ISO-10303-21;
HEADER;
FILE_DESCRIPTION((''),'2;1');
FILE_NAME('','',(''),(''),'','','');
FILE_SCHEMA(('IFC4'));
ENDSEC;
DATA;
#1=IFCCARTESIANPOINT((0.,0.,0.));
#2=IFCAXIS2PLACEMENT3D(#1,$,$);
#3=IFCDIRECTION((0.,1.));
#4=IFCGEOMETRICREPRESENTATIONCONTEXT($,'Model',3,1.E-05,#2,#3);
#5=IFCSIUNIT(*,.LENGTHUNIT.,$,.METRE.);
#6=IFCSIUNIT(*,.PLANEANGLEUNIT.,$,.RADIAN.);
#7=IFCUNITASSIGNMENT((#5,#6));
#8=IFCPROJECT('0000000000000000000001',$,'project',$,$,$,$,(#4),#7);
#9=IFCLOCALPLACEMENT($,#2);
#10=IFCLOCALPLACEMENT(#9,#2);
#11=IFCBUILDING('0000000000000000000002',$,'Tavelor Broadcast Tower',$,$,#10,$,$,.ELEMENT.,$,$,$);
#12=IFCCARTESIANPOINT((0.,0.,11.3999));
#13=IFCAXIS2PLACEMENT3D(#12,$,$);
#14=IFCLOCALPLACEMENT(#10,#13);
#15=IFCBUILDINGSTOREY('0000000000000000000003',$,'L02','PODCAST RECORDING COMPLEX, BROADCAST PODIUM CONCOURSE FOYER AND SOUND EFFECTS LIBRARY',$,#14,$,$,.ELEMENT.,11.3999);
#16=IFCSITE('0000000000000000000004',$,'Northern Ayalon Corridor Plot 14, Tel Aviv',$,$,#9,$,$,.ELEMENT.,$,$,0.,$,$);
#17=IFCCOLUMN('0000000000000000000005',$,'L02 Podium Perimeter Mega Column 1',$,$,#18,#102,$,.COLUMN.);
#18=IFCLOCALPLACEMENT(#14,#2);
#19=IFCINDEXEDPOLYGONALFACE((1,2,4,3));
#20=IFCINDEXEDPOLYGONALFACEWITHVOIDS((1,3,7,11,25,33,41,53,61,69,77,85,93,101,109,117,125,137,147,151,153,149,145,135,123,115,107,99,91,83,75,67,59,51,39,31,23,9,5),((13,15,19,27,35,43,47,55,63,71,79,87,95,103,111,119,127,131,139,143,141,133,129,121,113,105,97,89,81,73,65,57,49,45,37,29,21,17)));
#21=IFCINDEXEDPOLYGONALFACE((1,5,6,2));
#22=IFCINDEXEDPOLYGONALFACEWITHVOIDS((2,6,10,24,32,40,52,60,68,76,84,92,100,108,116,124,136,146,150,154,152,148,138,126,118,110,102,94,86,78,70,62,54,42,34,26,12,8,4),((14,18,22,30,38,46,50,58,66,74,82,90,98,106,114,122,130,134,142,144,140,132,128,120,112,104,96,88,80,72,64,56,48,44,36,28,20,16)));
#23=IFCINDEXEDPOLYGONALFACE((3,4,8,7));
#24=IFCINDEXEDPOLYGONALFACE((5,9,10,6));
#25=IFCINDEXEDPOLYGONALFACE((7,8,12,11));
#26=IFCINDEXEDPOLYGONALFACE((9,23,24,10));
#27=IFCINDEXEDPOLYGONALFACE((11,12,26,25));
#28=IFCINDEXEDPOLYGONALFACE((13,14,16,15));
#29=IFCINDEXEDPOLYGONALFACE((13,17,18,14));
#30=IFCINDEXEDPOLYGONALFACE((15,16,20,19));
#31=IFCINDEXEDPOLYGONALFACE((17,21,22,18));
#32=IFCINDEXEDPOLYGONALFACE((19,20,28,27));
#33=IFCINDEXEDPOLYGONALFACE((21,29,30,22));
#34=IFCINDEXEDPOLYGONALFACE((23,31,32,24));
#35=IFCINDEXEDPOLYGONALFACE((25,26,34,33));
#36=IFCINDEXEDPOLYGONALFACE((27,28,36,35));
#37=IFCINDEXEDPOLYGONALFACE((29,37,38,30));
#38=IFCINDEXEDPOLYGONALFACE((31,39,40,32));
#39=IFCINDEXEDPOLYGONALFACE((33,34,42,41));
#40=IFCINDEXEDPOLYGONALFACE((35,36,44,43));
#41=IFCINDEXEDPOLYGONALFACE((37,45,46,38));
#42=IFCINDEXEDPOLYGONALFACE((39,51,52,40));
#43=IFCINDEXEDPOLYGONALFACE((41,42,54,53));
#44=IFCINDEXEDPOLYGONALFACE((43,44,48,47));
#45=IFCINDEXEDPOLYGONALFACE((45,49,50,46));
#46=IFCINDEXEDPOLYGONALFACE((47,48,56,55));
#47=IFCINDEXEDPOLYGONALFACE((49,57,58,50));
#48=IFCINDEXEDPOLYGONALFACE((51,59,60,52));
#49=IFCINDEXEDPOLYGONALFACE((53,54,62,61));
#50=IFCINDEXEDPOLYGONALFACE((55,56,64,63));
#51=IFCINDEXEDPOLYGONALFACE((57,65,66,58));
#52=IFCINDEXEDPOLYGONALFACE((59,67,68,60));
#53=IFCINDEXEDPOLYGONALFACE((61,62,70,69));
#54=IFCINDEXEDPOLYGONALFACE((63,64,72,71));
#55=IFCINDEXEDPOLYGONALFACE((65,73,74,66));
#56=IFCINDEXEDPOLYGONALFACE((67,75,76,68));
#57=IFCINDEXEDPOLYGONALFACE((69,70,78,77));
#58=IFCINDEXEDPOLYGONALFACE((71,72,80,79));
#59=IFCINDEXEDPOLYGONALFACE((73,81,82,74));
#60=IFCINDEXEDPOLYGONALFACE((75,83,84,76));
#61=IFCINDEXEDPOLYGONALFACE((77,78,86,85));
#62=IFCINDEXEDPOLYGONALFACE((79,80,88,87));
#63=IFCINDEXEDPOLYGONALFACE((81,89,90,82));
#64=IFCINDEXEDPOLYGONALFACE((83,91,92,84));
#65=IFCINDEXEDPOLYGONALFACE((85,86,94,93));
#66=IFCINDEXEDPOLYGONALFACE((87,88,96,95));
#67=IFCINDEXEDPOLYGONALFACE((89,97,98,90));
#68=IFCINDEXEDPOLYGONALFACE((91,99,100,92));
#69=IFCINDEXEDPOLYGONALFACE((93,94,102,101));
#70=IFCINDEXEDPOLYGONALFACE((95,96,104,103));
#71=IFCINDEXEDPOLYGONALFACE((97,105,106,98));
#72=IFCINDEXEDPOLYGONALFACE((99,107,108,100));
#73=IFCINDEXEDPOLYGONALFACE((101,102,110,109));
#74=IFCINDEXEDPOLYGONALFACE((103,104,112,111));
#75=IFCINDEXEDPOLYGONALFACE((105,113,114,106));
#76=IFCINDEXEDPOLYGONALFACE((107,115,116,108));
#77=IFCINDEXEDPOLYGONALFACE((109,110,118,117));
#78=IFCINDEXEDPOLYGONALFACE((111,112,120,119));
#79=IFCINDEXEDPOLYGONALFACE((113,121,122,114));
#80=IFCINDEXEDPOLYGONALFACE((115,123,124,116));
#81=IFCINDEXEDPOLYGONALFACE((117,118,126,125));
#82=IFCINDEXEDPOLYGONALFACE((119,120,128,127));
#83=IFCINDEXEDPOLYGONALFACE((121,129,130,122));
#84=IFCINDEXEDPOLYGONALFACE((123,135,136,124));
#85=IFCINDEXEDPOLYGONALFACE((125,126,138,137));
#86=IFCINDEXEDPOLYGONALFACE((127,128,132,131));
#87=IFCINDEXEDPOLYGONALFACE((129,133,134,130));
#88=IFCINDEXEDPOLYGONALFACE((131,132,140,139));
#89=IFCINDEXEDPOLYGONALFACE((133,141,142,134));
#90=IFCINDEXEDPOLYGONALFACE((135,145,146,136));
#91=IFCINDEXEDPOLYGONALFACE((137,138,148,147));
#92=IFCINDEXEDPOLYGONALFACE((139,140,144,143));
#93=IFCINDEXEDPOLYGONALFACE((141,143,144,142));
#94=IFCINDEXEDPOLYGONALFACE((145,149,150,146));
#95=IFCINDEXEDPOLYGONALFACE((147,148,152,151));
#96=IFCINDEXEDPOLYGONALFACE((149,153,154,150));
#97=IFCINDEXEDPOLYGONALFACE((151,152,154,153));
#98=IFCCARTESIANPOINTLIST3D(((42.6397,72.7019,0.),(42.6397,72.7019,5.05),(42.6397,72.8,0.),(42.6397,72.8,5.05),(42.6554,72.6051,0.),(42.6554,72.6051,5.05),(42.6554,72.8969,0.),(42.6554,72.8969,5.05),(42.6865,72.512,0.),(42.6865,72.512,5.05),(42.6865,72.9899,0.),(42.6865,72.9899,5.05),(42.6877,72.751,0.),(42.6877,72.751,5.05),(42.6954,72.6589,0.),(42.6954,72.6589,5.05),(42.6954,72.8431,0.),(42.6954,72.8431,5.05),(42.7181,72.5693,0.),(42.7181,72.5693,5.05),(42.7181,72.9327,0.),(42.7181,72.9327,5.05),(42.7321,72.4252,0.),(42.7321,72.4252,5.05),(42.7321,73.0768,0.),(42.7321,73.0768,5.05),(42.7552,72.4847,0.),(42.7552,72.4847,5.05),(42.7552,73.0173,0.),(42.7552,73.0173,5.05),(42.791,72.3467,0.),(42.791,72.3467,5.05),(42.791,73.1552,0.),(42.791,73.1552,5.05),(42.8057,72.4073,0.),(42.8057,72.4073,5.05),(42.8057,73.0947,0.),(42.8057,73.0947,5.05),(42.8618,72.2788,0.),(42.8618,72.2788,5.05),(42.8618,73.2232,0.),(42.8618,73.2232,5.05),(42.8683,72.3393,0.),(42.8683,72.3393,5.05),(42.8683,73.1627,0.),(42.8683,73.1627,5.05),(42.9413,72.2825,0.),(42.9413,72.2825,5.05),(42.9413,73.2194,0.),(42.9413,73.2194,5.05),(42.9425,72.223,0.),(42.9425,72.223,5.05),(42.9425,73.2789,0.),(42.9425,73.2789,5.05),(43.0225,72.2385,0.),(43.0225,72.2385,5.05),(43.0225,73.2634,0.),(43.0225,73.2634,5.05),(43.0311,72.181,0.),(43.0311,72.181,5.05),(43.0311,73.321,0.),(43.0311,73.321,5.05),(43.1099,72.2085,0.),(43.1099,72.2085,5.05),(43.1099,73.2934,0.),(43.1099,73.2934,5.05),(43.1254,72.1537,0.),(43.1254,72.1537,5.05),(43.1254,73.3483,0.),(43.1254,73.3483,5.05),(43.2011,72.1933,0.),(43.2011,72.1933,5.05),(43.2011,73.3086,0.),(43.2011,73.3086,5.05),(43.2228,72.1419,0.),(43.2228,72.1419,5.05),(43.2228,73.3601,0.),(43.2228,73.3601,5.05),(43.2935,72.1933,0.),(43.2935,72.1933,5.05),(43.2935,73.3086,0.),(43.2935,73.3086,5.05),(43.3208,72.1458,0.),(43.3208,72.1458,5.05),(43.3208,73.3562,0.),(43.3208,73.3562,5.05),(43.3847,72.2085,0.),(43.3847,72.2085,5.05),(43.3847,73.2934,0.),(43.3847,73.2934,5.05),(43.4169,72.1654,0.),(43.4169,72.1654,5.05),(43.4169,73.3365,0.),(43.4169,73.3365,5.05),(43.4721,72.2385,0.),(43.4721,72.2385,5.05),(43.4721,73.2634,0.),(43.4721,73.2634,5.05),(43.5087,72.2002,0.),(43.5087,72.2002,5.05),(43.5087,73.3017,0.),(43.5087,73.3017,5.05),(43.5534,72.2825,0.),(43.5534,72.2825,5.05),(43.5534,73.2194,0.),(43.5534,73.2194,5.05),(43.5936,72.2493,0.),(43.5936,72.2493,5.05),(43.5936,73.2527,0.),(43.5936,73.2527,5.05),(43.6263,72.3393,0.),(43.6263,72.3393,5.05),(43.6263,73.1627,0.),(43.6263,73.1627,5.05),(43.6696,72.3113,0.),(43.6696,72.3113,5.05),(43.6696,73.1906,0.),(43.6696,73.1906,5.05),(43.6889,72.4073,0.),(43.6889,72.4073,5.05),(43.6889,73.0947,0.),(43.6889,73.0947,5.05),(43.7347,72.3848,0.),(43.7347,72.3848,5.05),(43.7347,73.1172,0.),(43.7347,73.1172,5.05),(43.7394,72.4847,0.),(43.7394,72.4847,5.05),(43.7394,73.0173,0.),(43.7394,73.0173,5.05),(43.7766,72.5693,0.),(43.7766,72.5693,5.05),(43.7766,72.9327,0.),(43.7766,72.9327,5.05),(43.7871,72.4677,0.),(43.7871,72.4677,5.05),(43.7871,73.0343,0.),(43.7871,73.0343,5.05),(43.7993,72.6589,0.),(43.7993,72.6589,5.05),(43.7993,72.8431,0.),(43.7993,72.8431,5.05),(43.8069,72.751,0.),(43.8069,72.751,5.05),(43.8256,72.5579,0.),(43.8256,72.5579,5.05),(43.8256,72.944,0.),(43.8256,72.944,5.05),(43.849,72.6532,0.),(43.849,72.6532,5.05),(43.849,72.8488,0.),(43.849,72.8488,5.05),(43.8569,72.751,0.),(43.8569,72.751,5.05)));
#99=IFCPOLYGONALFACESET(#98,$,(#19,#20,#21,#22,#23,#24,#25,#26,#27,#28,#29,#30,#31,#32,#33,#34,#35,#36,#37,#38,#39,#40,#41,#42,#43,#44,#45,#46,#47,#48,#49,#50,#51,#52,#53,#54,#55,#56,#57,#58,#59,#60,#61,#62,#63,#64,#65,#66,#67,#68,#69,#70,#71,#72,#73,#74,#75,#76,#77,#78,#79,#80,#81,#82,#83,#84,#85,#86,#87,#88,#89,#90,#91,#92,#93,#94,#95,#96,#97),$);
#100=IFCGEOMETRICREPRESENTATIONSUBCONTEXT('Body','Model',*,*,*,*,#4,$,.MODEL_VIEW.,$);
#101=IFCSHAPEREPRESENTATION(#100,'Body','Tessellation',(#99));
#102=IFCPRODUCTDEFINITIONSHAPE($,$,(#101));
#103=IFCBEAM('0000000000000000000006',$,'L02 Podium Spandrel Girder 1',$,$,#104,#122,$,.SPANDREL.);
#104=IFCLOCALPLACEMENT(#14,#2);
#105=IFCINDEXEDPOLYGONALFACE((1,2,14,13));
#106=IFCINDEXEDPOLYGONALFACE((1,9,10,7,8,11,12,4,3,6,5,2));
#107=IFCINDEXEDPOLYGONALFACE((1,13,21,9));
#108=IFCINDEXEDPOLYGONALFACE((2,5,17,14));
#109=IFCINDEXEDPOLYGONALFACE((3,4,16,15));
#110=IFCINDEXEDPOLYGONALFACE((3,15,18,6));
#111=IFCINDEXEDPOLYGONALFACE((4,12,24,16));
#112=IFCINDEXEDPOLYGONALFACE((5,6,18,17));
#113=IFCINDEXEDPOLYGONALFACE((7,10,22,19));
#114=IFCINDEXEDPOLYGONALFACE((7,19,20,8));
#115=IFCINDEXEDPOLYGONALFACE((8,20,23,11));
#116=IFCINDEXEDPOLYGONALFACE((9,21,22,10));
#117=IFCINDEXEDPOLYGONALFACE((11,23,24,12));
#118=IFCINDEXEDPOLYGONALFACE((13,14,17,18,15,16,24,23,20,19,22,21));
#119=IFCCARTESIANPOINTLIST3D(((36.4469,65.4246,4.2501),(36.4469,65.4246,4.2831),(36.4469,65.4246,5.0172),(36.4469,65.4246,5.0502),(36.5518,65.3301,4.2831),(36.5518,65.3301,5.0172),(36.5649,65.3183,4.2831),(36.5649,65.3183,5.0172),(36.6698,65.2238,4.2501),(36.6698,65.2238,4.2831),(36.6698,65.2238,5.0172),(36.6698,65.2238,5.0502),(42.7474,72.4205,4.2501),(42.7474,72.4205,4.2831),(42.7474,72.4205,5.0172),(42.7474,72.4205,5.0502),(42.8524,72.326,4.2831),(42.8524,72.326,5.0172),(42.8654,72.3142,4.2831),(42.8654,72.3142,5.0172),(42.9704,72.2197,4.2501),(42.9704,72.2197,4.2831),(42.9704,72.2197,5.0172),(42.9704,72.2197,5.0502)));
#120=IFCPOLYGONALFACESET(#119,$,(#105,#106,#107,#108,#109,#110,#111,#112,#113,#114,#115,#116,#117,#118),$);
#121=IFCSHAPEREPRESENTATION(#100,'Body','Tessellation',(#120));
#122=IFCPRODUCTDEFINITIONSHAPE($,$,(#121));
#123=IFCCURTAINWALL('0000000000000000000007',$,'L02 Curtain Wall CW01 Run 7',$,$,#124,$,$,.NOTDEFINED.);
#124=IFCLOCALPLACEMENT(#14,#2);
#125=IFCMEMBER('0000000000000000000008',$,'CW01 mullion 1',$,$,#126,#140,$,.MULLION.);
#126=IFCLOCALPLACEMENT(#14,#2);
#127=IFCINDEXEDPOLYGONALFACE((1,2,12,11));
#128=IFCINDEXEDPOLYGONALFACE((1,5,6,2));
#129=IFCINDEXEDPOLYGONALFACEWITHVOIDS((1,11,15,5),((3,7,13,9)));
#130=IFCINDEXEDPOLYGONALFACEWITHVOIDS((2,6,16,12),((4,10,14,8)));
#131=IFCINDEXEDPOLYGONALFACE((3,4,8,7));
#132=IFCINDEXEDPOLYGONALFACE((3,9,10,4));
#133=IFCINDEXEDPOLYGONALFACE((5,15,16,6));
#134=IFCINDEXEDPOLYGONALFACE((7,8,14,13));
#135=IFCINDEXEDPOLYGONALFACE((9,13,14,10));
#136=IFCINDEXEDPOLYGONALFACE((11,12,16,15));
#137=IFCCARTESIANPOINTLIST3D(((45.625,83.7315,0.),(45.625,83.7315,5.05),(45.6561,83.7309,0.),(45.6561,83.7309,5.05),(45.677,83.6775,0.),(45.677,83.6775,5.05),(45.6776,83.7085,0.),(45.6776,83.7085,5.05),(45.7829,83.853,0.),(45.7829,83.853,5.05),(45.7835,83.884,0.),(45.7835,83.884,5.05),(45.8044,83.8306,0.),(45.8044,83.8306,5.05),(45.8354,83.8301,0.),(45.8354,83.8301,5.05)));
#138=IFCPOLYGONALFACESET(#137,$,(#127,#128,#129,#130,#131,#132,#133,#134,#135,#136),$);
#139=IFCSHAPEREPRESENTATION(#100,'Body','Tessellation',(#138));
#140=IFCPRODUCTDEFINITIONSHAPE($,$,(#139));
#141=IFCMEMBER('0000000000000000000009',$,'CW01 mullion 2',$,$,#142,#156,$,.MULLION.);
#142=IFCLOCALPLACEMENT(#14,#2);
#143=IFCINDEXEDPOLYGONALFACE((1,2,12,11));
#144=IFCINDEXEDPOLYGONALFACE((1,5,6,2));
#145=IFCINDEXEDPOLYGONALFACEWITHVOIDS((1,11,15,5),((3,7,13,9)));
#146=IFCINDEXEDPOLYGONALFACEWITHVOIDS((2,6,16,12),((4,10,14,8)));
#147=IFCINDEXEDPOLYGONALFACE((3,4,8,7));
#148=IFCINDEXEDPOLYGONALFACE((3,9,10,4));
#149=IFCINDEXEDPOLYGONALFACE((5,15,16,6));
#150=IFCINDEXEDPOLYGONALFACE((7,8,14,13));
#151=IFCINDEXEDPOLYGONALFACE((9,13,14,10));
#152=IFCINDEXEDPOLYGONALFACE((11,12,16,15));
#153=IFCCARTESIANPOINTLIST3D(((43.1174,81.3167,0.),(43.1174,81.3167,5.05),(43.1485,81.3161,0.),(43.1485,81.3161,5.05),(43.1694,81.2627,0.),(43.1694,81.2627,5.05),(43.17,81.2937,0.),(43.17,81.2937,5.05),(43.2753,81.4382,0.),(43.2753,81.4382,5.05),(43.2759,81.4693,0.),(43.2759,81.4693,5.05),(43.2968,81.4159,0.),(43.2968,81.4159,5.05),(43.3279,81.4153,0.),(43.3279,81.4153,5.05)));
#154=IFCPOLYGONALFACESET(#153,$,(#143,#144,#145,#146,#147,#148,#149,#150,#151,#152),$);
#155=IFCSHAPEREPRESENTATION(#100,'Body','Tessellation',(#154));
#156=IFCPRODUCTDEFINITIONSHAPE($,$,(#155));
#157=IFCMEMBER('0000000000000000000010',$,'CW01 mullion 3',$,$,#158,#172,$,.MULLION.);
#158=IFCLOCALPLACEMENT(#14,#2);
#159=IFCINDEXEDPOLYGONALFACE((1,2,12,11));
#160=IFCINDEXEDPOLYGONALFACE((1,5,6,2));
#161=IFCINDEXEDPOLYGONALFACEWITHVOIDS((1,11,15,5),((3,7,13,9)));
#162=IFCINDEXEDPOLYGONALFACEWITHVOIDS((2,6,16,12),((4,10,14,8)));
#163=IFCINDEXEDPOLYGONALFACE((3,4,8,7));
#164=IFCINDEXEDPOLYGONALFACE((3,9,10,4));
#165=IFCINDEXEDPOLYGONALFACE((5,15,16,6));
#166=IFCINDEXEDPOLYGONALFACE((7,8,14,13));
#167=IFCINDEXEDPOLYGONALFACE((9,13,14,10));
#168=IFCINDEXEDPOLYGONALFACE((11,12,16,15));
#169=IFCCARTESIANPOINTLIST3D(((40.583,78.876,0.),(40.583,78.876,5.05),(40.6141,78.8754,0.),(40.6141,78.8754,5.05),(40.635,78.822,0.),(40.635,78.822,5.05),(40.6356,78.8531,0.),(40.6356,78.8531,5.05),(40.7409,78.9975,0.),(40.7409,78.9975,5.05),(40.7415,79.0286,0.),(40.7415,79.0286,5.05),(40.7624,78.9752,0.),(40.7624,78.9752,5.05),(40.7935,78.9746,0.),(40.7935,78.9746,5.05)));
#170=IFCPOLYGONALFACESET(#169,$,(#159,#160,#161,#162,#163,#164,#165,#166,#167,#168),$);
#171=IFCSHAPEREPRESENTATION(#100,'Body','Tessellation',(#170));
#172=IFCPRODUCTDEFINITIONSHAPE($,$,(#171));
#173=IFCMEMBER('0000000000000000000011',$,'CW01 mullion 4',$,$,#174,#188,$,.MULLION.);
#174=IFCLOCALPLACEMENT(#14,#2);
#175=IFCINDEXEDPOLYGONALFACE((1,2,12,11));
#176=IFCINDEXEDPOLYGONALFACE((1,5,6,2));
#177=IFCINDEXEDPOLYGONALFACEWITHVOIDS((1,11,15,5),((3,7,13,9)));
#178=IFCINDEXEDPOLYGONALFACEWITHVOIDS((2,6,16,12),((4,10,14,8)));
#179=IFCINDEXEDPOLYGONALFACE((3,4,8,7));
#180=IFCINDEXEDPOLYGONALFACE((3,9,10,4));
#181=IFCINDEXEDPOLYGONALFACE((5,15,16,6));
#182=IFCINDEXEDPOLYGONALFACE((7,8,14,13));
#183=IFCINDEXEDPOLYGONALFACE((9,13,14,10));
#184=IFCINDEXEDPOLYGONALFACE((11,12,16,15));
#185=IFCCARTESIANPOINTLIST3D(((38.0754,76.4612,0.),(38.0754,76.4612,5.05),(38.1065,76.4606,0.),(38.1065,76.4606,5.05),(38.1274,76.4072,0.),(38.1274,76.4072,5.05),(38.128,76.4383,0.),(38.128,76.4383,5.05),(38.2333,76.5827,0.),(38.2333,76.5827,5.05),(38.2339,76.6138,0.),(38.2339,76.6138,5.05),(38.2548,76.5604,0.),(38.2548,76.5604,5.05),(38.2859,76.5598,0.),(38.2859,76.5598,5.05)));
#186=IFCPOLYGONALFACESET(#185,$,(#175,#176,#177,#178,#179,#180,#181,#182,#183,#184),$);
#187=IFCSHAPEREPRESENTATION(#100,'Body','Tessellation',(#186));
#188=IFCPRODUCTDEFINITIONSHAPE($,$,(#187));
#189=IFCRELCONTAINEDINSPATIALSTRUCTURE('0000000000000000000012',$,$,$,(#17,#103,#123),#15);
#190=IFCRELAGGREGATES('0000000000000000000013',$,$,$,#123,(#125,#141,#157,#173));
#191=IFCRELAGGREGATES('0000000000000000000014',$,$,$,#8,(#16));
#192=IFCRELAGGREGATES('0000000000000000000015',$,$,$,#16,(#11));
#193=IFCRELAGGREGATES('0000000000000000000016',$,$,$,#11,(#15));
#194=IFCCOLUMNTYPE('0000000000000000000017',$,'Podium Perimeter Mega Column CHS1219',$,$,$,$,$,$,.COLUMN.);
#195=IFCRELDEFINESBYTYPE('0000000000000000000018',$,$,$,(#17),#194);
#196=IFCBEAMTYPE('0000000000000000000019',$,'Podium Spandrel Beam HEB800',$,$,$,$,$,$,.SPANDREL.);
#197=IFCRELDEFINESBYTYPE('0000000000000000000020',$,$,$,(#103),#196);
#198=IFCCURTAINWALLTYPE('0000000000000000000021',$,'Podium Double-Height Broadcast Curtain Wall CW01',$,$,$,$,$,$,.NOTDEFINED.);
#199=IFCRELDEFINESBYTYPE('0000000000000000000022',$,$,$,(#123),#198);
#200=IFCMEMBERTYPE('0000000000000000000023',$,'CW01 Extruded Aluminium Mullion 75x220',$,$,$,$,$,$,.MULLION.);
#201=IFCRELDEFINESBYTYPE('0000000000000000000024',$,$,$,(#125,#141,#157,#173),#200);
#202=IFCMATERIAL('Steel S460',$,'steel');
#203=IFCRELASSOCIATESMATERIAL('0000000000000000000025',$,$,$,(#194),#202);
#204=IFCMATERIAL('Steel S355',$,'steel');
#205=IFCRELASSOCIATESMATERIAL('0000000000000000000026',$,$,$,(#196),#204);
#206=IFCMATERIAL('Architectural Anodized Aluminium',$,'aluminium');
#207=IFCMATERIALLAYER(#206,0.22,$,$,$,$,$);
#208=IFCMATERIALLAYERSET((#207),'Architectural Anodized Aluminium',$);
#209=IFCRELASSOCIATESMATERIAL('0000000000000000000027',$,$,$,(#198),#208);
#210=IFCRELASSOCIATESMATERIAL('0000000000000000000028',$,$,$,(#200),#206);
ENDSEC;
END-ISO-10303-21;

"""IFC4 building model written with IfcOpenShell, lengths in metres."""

from ifc_helpers import new_model, si_unit, direction, frame, origin, origin_2d, place, context, subcontext, project, spatial, hollow_rectangle, hollow_circle, i_section, extrude, source, transform, mapped, material, layer, layer_set, material_profile, profile_set, type_object, type_shapes, element, aggregate, save


model = new_model("IFC4")

# Units and contexts
model_context = context("Model", 3, precision=1e-05, world=origin(), true_north=direction((0.0, 1.0)))
body_context = subcontext(model_context, "Body", "Model", "MODEL_VIEW")
ifc_project = project(units=[si_unit("LENGTHUNIT", "METRE"), si_unit("PLANEANGLEUNIT", "RADIAN")], contexts=[model_context])

# Site, building, storey
site_placement = place(None, origin())
site = spatial("IfcSite", under=ifc_project, at=site_placement, Name="Northern Ayalon Corridor Plot 14, Tel Aviv", CompositionType="ELEMENT", RefElevation=0.0)
building_placement = place(site_placement, origin())
building = spatial("IfcBuilding", under=site, at=building_placement, Name="Tavelor Broadcast Tower", CompositionType="ELEMENT")
storey_placement = place(building_placement, frame((0.0, 0.0, 11.3999)))
storey = spatial("IfcBuildingStorey", under=building, at=storey_placement, Name="L02", Description="PODCAST RECORDING COMPLEX, BROADCAST PODIUM CONCOURSE FOYER AND SOUND EFFECTS LIBRARY", CompositionType="ELEMENT", Elevation=11.3999)

# Column
ifc_material_1 = material(Name="Steel S460", Category="steel")
ifc_material_profile_1 = material_profile(ifc_material_1, hollow_circle(Radius=0.6096, WallThickness=0.05, at=origin_2d()), Name="CHS 1219x50")
ifc_profile_set_1 = profile_set([ifc_material_profile_1], Name="Steel S460")
column_type = type_object("IfcColumnType", Name="Podium Perimeter Mega Column CHS1219", PredefinedType="COLUMN", material=ifc_profile_set_1)
column_placement = place(storey_placement, frame((43.2473, 72.751, 0.0), z_axis=(0.0, 0.0, 1.0), x_axis=(1.0, 0.0, 0.0)))
element("IfcColumn", 1, at=column_placement, inside=storey, type_object=column_type, Name="L02 Podium Perimeter Mega Column 1", PredefinedType="COLUMN", context=body_context, shape_type="SweptSolid", body=[
    extrude(hollow_circle(Radius=0.6096, WallThickness=0.05, at=origin_2d()), origin(), (0.0, 0.0, 1.0), 5.05),
])

# Beam
ifc_material_2 = material(Name="Steel S355", Category="steel")
ifc_material_profile_2 = material_profile(ifc_material_2, i_section(OverallWidth=0.3, OverallDepth=0.8, WebThickness=0.0176, FlangeThickness=0.033, at=origin_2d()), Name="HEB 800")
ifc_profile_set_2 = profile_set([ifc_material_profile_2], Name="Steel S355")
beam_type = type_object("IfcBeamType", Name="Podium Spandrel Beam HEB800", PredefinedType="SPANDREL", material=ifc_profile_set_2)
beam_placement = place(storey_placement, frame((42.8589, 72.3201, 4.6501), z_axis=(-0.669215, -0.743068, 0.0), x_axis=(0.743068, -0.669215, 0.0)))
element("IfcBeam", 2, at=beam_placement, inside=storey, type_object=beam_type, Name="L02 Podium Spandrel Girder 1", PredefinedType="SPANDREL", context=body_context, shape_type="SweptSolid", body=[
    extrude(i_section(OverallWidth=0.3, OverallDepth=0.8, WebThickness=0.0176, FlangeThickness=0.033, at=origin_2d()), origin(), (0.0, 0.0, 1.0), 9.4148),
])

# Curtain wall, members
ifc_material_3 = material(Name="Architectural Anodized Aluminium", Category="aluminium")
ifc_layer_1 = layer(ifc_material_3, 0.22)
ifc_layer_set_1 = layer_set([ifc_layer_1], Name="Architectural Anodized Aluminium")
curtain_wall_type = type_object("IfcCurtainWallType", Name="Podium Double-Height Broadcast Curtain Wall CW01", PredefinedType="NOTDEFINED", material=ifc_layer_set_1)
curtain_wall_placement = place(storey_placement, origin())
curtain_wall = element("IfcCurtainWall", 3, at=curtain_wall_placement, inside=storey, type_object=curtain_wall_type, Name="L02 Curtain Wall CW01 Run 7", PredefinedType="NOTDEFINED")
ifc_material_profile_3 = material_profile(ifc_material_3, hollow_rectangle(XDim=0.075, YDim=0.22, WallThickness=0.022, at=origin_2d()), Name="RHS 75x220x22")
ifc_profile_set_3 = profile_set([ifc_material_profile_3], Name="Architectural Anodized Aluminium")
member_type_1 = type_object("IfcMemberType", Name="CW01 Extruded Aluminium Mullion 75x220", PredefinedType="MULLION", material=ifc_profile_set_3)
shared_shape_1 = source(origin(), body_context, "Body", "SweptSolid", [
    extrude(hollow_rectangle(XDim=0.075, YDim=0.22, WallThickness=0.022, at=origin_2d()), origin(), (0.0, 0.0, 1.0), 5.05),
])
type_shapes(member_type_1, [shared_shape_1])
member_1_placement = place(storey_placement, frame((45.7302, 83.7808, 0.0), z_axis=(0.0, 0.0, 1.0), x_axis=(0.693652, -0.72031, 0.0)))
member_1 = element("IfcMember", 4, at=member_1_placement, type_object=member_type_1, Name="CW01 mullion 1", PredefinedType="MULLION", context=body_context, shape_type="MappedRepresentation", body=[
    mapped(shared_shape_1, transform((0.0, 0.0, 0.0), scale=1.0)),
])
member_2_placement = place(storey_placement, frame((43.2227, 81.366, 0.0), z_axis=(0.0, 0.0, 1.0), x_axis=(0.693652, -0.72031, 0.0)))
member_2 = element("IfcMember", 5, at=member_2_placement, type_object=member_type_1, Name="CW01 mullion 2", PredefinedType="MULLION", context=body_context, shape_type="MappedRepresentation", body=[
    mapped(shared_shape_1, transform((0.0, 0.0, 0.0), scale=1.0)),
])
member_3_placement = place(storey_placement, frame((40.6882, 78.9253, 0.0), z_axis=(0.0, 0.0, 1.0), x_axis=(0.693652, -0.72031, 0.0)))
member_3 = element("IfcMember", 6, at=member_3_placement, type_object=member_type_1, Name="CW01 mullion 3", PredefinedType="MULLION", context=body_context, shape_type="MappedRepresentation", body=[
    mapped(shared_shape_1, transform((0.0, 0.0, 0.0), scale=1.0)),
])
member_4_placement = place(storey_placement, frame((38.1807, 76.5105, 0.0), z_axis=(0.0, 0.0, 1.0), x_axis=(0.693652, -0.72031, 0.0)))
member_4 = element("IfcMember", 7, at=member_4_placement, type_object=member_type_1, Name="CW01 mullion 4", PredefinedType="MULLION", context=body_context, shape_type="MappedRepresentation", body=[
    mapped(shared_shape_1, transform((0.0, 0.0, 0.0), scale=1.0)),
])

aggregate(curtain_wall, [member_1, member_2, member_3, member_4])

save(model, "model.ifc")
